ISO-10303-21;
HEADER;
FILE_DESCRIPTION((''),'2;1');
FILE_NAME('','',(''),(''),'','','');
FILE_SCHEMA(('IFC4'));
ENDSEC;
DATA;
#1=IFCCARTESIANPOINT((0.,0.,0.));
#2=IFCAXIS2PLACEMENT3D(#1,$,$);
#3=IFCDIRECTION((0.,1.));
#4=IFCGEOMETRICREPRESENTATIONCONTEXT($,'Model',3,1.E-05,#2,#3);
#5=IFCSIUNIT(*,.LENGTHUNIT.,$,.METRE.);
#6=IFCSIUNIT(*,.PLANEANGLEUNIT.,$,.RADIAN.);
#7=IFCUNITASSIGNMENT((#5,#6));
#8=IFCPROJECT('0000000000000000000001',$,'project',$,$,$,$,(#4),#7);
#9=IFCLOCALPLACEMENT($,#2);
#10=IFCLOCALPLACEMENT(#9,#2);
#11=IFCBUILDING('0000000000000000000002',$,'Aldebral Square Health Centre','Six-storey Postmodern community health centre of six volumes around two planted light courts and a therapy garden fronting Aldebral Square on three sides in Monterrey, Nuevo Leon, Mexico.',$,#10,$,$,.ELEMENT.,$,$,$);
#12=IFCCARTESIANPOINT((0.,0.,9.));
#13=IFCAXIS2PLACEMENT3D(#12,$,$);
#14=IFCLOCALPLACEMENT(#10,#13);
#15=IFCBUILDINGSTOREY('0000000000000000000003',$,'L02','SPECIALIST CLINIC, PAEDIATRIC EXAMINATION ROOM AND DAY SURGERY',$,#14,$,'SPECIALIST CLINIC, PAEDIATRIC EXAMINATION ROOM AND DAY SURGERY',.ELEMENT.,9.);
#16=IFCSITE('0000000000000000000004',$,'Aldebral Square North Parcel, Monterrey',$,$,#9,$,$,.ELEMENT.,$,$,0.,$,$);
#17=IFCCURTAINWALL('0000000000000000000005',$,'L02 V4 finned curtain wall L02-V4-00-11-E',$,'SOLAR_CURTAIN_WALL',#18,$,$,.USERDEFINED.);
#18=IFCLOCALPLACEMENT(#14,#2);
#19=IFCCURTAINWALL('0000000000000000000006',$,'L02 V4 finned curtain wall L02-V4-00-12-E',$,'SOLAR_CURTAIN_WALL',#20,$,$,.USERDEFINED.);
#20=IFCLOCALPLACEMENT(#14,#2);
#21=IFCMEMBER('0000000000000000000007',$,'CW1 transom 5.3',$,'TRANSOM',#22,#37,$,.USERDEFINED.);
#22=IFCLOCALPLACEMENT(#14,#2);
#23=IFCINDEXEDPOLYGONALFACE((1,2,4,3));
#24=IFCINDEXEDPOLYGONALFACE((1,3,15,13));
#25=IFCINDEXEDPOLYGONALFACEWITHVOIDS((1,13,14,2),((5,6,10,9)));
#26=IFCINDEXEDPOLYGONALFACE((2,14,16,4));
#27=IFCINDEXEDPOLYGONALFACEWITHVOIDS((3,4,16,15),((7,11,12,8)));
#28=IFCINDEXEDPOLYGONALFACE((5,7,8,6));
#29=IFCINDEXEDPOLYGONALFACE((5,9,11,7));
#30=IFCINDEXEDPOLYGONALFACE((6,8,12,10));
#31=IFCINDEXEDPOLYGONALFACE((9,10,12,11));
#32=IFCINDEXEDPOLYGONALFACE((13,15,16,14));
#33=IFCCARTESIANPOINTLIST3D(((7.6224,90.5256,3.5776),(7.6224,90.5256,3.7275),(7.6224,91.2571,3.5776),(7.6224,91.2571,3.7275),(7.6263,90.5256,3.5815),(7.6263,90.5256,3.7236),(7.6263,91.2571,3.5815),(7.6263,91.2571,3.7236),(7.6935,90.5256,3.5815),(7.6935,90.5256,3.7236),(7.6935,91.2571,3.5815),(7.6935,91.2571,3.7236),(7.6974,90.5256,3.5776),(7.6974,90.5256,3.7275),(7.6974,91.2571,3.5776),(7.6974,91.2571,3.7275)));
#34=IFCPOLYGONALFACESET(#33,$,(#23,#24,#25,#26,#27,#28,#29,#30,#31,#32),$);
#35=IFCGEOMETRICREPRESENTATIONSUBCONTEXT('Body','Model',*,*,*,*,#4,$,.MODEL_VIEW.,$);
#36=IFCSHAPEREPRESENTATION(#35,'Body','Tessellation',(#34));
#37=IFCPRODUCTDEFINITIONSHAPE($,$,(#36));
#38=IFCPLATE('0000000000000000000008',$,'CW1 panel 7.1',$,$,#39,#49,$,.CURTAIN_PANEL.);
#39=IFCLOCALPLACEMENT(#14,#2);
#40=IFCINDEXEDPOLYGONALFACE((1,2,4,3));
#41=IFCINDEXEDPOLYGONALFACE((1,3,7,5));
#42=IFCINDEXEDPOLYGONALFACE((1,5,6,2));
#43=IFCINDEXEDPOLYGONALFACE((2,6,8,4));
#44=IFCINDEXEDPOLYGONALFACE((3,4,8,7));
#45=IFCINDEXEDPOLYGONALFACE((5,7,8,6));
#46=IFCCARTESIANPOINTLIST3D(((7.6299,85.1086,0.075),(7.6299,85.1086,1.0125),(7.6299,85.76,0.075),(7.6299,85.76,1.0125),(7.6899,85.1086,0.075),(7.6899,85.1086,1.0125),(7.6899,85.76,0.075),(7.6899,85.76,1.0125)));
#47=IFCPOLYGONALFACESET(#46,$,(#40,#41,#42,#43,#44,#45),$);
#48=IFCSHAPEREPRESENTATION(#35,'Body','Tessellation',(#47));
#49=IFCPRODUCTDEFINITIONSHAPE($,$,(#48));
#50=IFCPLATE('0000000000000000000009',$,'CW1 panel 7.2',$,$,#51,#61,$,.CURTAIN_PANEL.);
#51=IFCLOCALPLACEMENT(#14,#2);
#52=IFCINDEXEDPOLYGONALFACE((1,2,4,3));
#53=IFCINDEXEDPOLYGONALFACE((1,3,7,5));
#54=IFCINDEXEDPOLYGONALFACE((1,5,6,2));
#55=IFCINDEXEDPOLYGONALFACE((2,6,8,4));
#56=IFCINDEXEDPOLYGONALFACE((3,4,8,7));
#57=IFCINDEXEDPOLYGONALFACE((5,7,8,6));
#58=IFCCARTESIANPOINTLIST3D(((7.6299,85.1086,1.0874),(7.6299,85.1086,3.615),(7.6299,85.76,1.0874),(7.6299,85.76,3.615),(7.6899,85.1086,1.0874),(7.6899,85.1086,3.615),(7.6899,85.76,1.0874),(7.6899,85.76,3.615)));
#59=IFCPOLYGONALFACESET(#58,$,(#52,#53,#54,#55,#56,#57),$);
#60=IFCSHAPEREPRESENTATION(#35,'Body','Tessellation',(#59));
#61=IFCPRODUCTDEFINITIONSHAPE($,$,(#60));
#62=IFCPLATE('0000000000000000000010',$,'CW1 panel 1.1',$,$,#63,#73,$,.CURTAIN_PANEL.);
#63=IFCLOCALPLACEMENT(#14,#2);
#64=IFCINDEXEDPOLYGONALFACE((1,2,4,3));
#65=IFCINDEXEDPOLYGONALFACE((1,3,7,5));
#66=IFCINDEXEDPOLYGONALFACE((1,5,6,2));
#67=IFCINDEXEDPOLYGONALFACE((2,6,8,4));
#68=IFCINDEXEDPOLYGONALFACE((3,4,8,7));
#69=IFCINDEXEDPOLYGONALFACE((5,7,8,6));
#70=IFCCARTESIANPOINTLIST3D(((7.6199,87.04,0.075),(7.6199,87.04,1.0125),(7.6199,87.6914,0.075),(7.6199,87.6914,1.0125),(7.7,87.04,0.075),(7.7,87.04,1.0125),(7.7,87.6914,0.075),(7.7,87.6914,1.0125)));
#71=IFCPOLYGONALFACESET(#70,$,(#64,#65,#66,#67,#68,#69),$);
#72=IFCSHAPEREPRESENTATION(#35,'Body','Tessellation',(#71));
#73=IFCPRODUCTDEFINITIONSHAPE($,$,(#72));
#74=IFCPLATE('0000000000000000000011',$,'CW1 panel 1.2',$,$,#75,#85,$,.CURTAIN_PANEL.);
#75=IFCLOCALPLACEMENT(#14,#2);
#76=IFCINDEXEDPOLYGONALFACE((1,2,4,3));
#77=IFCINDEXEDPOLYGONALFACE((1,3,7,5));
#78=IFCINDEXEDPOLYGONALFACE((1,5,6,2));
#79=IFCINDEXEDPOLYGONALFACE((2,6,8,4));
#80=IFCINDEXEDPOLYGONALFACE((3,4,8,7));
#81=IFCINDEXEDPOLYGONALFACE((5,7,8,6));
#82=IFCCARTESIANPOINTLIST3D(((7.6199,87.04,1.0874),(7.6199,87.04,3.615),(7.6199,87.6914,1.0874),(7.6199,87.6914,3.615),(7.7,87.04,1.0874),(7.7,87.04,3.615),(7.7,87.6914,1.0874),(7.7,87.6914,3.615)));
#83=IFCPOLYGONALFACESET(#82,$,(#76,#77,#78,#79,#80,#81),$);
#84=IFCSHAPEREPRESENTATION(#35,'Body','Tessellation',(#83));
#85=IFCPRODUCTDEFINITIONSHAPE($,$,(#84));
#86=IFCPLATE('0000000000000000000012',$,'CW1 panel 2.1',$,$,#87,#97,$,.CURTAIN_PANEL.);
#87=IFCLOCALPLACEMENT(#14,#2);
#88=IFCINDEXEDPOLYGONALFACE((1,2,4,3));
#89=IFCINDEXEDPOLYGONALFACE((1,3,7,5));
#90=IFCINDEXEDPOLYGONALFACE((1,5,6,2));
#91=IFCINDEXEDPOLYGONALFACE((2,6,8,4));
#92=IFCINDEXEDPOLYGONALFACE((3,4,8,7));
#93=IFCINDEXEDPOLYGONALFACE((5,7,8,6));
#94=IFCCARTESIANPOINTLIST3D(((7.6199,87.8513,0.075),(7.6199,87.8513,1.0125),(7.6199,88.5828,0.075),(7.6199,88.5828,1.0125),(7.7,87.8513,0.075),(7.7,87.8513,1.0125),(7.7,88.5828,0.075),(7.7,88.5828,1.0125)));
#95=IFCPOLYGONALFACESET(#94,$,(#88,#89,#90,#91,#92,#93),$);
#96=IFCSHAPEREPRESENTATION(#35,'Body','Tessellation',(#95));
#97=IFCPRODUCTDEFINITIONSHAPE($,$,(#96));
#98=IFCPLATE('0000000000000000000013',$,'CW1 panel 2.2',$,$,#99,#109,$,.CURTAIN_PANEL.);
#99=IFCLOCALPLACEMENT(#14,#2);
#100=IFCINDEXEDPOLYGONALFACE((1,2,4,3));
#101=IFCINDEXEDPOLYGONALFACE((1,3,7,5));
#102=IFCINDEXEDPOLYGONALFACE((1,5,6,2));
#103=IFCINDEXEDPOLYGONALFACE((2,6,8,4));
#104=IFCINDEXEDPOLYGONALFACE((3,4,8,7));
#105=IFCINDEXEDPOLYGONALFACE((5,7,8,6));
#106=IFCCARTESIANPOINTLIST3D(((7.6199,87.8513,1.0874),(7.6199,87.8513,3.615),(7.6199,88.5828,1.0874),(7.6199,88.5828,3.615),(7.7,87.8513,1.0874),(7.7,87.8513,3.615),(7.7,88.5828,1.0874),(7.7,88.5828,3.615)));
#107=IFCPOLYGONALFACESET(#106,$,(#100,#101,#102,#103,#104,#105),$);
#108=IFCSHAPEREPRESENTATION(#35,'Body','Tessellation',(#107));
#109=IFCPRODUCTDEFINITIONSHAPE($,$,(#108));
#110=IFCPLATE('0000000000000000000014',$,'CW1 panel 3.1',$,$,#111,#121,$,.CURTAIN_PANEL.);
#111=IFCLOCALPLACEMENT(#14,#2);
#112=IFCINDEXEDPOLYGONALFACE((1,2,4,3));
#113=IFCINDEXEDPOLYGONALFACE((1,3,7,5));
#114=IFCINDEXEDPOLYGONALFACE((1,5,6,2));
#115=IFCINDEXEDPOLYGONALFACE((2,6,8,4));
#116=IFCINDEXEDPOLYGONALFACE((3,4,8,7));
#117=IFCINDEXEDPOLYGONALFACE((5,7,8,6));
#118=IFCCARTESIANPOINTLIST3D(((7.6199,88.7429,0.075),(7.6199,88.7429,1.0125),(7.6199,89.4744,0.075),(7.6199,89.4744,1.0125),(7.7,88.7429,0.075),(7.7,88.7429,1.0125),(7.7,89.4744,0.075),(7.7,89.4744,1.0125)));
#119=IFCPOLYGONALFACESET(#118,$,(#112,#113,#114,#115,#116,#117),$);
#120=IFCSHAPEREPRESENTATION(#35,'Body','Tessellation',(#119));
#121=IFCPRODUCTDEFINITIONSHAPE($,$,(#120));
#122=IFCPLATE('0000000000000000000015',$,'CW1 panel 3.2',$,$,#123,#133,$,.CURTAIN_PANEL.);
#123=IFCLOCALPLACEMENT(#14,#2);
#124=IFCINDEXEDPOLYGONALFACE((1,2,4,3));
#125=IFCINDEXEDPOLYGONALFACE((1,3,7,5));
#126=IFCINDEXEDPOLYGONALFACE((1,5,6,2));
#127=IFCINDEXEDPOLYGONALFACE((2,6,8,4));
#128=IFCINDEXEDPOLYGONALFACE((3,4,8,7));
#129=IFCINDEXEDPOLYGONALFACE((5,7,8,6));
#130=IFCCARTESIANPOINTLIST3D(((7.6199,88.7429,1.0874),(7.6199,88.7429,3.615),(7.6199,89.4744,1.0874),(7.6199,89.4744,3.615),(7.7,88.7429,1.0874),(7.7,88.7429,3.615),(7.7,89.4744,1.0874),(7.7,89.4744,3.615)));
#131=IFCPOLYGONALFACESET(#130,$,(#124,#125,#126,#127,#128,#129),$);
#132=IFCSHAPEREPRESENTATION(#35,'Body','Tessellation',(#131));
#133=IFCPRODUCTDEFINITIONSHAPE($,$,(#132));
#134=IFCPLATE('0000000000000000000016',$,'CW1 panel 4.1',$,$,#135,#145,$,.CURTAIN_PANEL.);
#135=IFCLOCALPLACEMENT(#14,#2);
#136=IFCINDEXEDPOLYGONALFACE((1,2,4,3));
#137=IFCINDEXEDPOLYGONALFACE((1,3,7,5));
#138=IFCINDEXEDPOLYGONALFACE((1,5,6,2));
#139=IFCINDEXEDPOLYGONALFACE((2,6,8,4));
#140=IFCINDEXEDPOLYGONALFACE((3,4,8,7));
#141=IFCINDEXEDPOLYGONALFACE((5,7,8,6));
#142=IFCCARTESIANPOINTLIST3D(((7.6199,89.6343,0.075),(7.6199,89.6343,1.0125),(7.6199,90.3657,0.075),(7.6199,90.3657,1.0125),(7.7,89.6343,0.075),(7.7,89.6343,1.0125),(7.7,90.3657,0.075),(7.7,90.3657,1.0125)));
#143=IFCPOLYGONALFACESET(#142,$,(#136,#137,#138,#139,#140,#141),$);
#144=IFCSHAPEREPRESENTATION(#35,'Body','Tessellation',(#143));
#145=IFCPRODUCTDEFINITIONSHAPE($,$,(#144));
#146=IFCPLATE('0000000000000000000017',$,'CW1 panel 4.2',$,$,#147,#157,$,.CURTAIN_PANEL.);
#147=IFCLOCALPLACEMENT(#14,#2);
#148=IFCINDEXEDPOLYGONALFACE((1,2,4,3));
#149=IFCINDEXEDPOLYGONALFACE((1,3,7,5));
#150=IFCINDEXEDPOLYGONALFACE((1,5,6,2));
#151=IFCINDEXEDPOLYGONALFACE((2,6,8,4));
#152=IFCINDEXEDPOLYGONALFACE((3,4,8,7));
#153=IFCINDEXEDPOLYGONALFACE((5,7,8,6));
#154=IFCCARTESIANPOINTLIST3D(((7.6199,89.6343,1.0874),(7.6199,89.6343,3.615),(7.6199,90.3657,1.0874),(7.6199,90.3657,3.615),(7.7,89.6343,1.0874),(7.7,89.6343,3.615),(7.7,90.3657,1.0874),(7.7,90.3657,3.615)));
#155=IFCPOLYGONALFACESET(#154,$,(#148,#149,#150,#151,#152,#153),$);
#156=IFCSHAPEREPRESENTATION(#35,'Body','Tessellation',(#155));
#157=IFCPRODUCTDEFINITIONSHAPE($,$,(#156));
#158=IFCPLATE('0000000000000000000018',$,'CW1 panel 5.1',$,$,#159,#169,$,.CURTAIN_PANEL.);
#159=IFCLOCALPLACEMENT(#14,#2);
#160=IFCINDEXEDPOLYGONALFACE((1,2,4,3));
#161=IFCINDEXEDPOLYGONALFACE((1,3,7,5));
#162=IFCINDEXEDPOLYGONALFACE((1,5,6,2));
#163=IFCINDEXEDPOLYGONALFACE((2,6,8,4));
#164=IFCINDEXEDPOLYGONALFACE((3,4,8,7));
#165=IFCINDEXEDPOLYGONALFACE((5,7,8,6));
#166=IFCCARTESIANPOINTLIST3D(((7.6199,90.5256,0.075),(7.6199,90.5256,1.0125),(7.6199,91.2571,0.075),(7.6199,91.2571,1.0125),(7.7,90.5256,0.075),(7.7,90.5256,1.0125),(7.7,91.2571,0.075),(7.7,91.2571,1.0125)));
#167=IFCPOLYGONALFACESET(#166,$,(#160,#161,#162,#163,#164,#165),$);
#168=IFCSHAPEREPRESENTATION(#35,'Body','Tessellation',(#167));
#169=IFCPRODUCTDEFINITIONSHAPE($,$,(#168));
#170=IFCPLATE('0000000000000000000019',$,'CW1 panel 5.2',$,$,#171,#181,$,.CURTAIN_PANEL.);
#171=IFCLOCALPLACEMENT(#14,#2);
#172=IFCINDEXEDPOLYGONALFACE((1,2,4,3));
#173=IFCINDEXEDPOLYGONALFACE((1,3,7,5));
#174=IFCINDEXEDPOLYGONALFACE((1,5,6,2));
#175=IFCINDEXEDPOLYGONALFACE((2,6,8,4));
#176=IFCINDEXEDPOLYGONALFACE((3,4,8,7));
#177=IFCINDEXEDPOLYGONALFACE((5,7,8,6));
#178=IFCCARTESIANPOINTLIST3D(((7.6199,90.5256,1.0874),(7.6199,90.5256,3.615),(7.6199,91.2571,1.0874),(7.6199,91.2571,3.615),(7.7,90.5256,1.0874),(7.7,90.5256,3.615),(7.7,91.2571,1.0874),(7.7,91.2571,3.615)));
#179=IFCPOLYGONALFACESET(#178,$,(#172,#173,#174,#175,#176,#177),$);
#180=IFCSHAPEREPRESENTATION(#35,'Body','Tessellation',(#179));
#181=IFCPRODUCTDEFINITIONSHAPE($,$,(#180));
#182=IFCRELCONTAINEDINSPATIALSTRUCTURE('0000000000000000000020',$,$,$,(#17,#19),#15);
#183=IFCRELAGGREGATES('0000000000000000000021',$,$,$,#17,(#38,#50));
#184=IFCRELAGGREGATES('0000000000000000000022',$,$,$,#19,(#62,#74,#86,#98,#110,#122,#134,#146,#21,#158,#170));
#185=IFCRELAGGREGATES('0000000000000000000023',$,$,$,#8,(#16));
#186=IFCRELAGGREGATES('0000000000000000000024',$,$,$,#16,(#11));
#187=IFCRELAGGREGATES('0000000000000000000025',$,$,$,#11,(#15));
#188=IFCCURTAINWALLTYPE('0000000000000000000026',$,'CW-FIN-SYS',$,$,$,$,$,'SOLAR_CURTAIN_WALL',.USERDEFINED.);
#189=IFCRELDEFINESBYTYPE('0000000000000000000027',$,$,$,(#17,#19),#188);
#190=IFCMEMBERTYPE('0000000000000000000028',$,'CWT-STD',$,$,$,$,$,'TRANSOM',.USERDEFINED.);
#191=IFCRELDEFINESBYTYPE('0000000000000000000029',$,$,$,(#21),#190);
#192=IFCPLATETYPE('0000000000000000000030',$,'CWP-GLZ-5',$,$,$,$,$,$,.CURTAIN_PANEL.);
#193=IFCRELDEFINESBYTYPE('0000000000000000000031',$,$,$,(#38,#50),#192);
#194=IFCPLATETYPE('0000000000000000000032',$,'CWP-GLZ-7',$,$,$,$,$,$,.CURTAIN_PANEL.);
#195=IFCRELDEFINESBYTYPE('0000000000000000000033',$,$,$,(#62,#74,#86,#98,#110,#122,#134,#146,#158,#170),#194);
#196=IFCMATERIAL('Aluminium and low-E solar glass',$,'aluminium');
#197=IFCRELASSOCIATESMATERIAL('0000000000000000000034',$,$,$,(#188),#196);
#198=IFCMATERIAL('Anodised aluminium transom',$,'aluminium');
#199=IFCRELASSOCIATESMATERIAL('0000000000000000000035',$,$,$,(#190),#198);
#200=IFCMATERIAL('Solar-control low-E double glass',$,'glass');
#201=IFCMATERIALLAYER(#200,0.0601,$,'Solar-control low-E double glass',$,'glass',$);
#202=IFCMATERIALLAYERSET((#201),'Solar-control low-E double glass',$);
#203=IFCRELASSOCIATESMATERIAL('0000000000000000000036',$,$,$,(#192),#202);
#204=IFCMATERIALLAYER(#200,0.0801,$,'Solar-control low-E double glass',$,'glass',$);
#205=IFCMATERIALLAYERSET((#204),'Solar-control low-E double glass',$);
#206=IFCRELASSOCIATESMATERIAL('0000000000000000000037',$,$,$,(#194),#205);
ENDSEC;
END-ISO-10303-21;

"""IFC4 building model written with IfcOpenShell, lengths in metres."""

from ifc_helpers import new_model, si_unit, direction, frame, origin, origin_2d, place, context, subcontext, project, spatial, rectangle, hollow_rectangle, extrude, material, layer, layer_set, material_profile, profile_set, type_object, element, aggregate, save


model = new_model("IFC4")

# Units and contexts
model_context = context("Model", 3, precision=1e-05, world=origin(), true_north=direction((0.0, 1.0)))
body_context = subcontext(model_context, "Body", "Model", "MODEL_VIEW")
ifc_project = project(units=[si_unit("LENGTHUNIT", "METRE"), si_unit("PLANEANGLEUNIT", "RADIAN")], contexts=[model_context])

# Site, building, storey
site_placement = place(None, origin())
site = spatial("IfcSite", under=ifc_project, at=site_placement, Name="Aldebral Square North Parcel, Monterrey", CompositionType="ELEMENT", RefElevation=0.0)
building_placement = place(site_placement, origin())
building = spatial("IfcBuilding", under=site, at=building_placement, Name="Aldebral Square Health Centre", Description="Six-storey Postmodern community health centre of six volumes around two planted light courts and a therapy garden fronting Aldebral Square on three sides in Monterrey, Nuevo Leon, Mexico.", CompositionType="ELEMENT")
storey_placement = place(building_placement, frame((0.0, 0.0, 9.0)))
storey = spatial("IfcBuildingStorey", under=building, at=storey_placement, Name="L02", Description="SPECIALIST CLINIC, PAEDIATRIC EXAMINATION ROOM AND DAY SURGERY", LongName="SPECIALIST CLINIC, PAEDIATRIC EXAMINATION ROOM AND DAY SURGERY", CompositionType="ELEMENT", Elevation=9.0)

# Curtain wall
ifc_material_1 = material(Name="Aluminium and low-E solar glass", Category="aluminium")
curtain_wall_type = type_object("IfcCurtainWallType", Name="CW-FIN-SYS", ElementType="SOLAR_CURTAIN_WALL", PredefinedType="USERDEFINED", material=ifc_material_1)
curtain_wall_1_placement = place(storey_placement, origin())
curtain_wall_1 = element("IfcCurtainWall", 1, at=curtain_wall_1_placement, inside=storey, type_object=curtain_wall_type, Name="L02 V4 finned curtain wall L02-V4-00-11-E", ObjectType="SOLAR_CURTAIN_WALL", PredefinedType="USERDEFINED")

# Curtain wall
curtain_wall_2_placement = place(storey_placement, origin())
curtain_wall_2 = element("IfcCurtainWall", 2, at=curtain_wall_2_placement, inside=storey, type_object=curtain_wall_type, Name="L02 V4 finned curtain wall L02-V4-00-12-E", ObjectType="SOLAR_CURTAIN_WALL", PredefinedType="USERDEFINED")

# Member
ifc_material_2 = material(Name="Anodised aluminium transom", Category="aluminium")
ifc_material_profile_1 = material_profile(ifc_material_2, hollow_rectangle(XDim=0.075, YDim=0.1499, WallThickness=0.0039, at=origin_2d()), Name="CWT 75x150x4")
ifc_profile_set_1 = profile_set([ifc_material_profile_1], Name="Anodised aluminium transom")
member_type_1 = type_object("IfcMemberType", Name="CWT-STD", ElementType="TRANSOM", PredefinedType="USERDEFINED", material=ifc_profile_set_1)
member_1_placement = place(storey_placement, frame((7.6599, 90.5256, 3.6526), z_axis=(0.0, 1.0, 0.0), x_axis=(-1.0, 0.0, 0.0)))
member_1 = element("IfcMember", 3, at=member_1_placement, type_object=member_type_1, Name="CW1 transom 5.3", ObjectType="TRANSOM", PredefinedType="USERDEFINED", context=body_context, shape_type="SweptSolid", body=[
    extrude(hollow_rectangle(XDim=0.075, YDim=0.1499, WallThickness=0.0039, at=origin_2d()), origin(), (0.0, 0.0, 1.0), 0.7314),
])

# Plates
ifc_material_3 = material(Name="Solar-control low-E double glass", Category="glass")
ifc_layer_1 = layer(ifc_material_3, 0.0601, Name="Solar-control low-E double glass", Category="glass")
ifc_layer_set_1 = layer_set([ifc_layer_1], Name="Solar-control low-E double glass")
plate_type_1 = type_object("IfcPlateType", Name="CWP-GLZ-5", PredefinedType="CURTAIN_PANEL", material=ifc_layer_set_1)
plate_1_placement = place(storey_placement, frame((7.6599, 85.4343, 0.075), z_axis=(0.0, 0.0, 1.0), x_axis=(0.0, 1.0, 0.0)))
plate_1 = element("IfcPlate", 4, at=plate_1_placement, type_object=plate_type_1, Name="CW1 panel 7.1", PredefinedType="CURTAIN_PANEL", context=body_context, shape_type="SweptSolid", body=[
    extrude(rectangle(XDim=0.6514, YDim=0.0601, at=origin_2d()), origin(), (0.0, 0.0, 1.0), 0.9375),
])
plate_2_placement = place(storey_placement, frame((7.6599, 85.4343, 1.0874), z_axis=(0.0, 0.0, 1.0), x_axis=(0.0, 1.0, 0.0)))
plate_2 = element("IfcPlate", 5, at=plate_2_placement, type_object=plate_type_1, Name="CW1 panel 7.2", PredefinedType="CURTAIN_PANEL", context=body_context, shape_type="SweptSolid", body=[
    extrude(rectangle(XDim=0.6514, YDim=0.0601, at=origin_2d()), origin(), (0.0, 0.0, 1.0), 2.5276),
])
aggregate(curtain_wall_1, [plate_1, plate_2])
ifc_layer_2 = layer(ifc_material_3, 0.0801, Name="Solar-control low-E double glass", Category="glass")
ifc_layer_set_2 = layer_set([ifc_layer_2], Name="Solar-control low-E double glass")
plate_type_2 = type_object("IfcPlateType", Name="CWP-GLZ-7", PredefinedType="CURTAIN_PANEL", material=ifc_layer_set_2)
plate_3_placement = place(storey_placement, frame((7.6599, 87.3657, 0.075), z_axis=(0.0, 0.0, 1.0), x_axis=(0.0, 1.0, 0.0)))
plate_3 = element("IfcPlate", 6, at=plate_3_placement, type_object=plate_type_2, Name="CW1 panel 1.1", PredefinedType="CURTAIN_PANEL", context=body_context, shape_type="SweptSolid", body=[
    extrude(rectangle(XDim=0.6514, YDim=0.0801, at=origin_2d()), origin(), (0.0, 0.0, 1.0), 0.9375),
])
plate_4_placement = place(storey_placement, frame((7.6599, 87.3657, 1.0874), z_axis=(0.0, 0.0, 1.0), x_axis=(0.0, 1.0, 0.0)))
plate_4 = element("IfcPlate", 7, at=plate_4_placement, type_object=plate_type_2, Name="CW1 panel 1.2", PredefinedType="CURTAIN_PANEL", context=body_context, shape_type="SweptSolid", body=[
    extrude(rectangle(XDim=0.6514, YDim=0.0801, at=origin_2d()), origin(), (0.0, 0.0, 1.0), 2.5276),
])
plate_5_placement = place(storey_placement, frame((7.6599, 88.217, 0.075), z_axis=(0.0, 0.0, 1.0), x_axis=(0.0, 1.0, 0.0)))
plate_5 = element("IfcPlate", 8, at=plate_5_placement, type_object=plate_type_2, Name="CW1 panel 2.1", PredefinedType="CURTAIN_PANEL", context=body_context, shape_type="SweptSolid", body=[
    extrude(rectangle(XDim=0.7314, YDim=0.0801, at=origin_2d()), origin(), (0.0, 0.0, 1.0), 0.9375),
])
plate_6_placement = place(storey_placement, frame((7.6599, 88.217, 1.0874), z_axis=(0.0, 0.0, 1.0), x_axis=(0.0, 1.0, 0.0)))
plate_6 = element("IfcPlate", 9, at=plate_6_placement, type_object=plate_type_2, Name="CW1 panel 2.2", PredefinedType="CURTAIN_PANEL", context=body_context, shape_type="SweptSolid", body=[
    extrude(rectangle(XDim=0.7314, YDim=0.0801, at=origin_2d()), origin(), (0.0, 0.0, 1.0), 2.5276),
])
plate_7_placement = place(storey_placement, frame((7.6599, 89.1086, 0.075), z_axis=(0.0, 0.0, 1.0), x_axis=(0.0, 1.0, 0.0)))
plate_7 = element("IfcPlate", 10, at=plate_7_placement, type_object=plate_type_2, Name="CW1 panel 3.1", PredefinedType="CURTAIN_PANEL", context=body_context, shape_type="SweptSolid", body=[
    extrude(rectangle(XDim=0.7314, YDim=0.0801, at=origin_2d()), origin(), (0.0, 0.0, 1.0), 0.9375),
])
plate_8_placement = place(storey_placement, frame((7.6599, 89.1086, 1.0874), z_axis=(0.0, 0.0, 1.0), x_axis=(0.0, 1.0, 0.0)))
plate_8 = element("IfcPlate", 11, at=plate_8_placement, type_object=plate_type_2, Name="CW1 panel 3.2", PredefinedType="CURTAIN_PANEL", context=body_context, shape_type="SweptSolid", body=[
    extrude(rectangle(XDim=0.7314, YDim=0.0801, at=origin_2d()), origin(), (0.0, 0.0, 1.0), 2.5276),
])
plate_9_placement = place(storey_placement, frame((7.6599, 90.0, 0.075), z_axis=(0.0, 0.0, 1.0), x_axis=(0.0, 1.0, 0.0)))
plate_9 = element("IfcPlate", 12, at=plate_9_placement, type_object=plate_type_2, Name="CW1 panel 4.1", PredefinedType="CURTAIN_PANEL", context=body_context, shape_type="SweptSolid", body=[
    extrude(rectangle(XDim=0.7314, YDim=0.0801, at=origin_2d()), origin(), (0.0, 0.0, 1.0), 0.9375),
])
plate_10_placement = place(storey_placement, frame((7.6599, 90.0, 1.0874), z_axis=(0.0, 0.0, 1.0), x_axis=(0.0, 1.0, 0.0)))
plate_10 = element("IfcPlate", 13, at=plate_10_placement, type_object=plate_type_2, Name="CW1 panel 4.2", PredefinedType="CURTAIN_PANEL", context=body_context, shape_type="SweptSolid", body=[
    extrude(rectangle(XDim=0.7314, YDim=0.0801, at=origin_2d()), origin(), (0.0, 0.0, 1.0), 2.5276),
])
plate_11_placement = place(storey_placement, frame((7.6599, 90.8914, 0.075), z_axis=(0.0, 0.0, 1.0), x_axis=(0.0, 1.0, 0.0)))
plate_11 = element("IfcPlate", 14, at=plate_11_placement, type_object=plate_type_2, Name="CW1 panel 5.1", PredefinedType="CURTAIN_PANEL", context=body_context, shape_type="SweptSolid", body=[
    extrude(rectangle(XDim=0.7314, YDim=0.0801, at=origin_2d()), origin(), (0.0, 0.0, 1.0), 0.9375),
])
plate_12_placement = place(storey_placement, frame((7.6599, 90.8914, 1.0874), z_axis=(0.0, 0.0, 1.0), x_axis=(0.0, 1.0, 0.0)))
plate_12 = element("IfcPlate", 15, at=plate_12_placement, type_object=plate_type_2, Name="CW1 panel 5.2", PredefinedType="CURTAIN_PANEL", context=body_context, shape_type="SweptSolid", body=[
    extrude(rectangle(XDim=0.7314, YDim=0.0801, at=origin_2d()), origin(), (0.0, 0.0, 1.0), 2.5276),
])
aggregate(curtain_wall_2, [plate_3, plate_4, plate_5, plate_6, plate_7, plate_8, plate_9, plate_10, member_1, plate_11, plate_12])

save(model, "model.ifc")
